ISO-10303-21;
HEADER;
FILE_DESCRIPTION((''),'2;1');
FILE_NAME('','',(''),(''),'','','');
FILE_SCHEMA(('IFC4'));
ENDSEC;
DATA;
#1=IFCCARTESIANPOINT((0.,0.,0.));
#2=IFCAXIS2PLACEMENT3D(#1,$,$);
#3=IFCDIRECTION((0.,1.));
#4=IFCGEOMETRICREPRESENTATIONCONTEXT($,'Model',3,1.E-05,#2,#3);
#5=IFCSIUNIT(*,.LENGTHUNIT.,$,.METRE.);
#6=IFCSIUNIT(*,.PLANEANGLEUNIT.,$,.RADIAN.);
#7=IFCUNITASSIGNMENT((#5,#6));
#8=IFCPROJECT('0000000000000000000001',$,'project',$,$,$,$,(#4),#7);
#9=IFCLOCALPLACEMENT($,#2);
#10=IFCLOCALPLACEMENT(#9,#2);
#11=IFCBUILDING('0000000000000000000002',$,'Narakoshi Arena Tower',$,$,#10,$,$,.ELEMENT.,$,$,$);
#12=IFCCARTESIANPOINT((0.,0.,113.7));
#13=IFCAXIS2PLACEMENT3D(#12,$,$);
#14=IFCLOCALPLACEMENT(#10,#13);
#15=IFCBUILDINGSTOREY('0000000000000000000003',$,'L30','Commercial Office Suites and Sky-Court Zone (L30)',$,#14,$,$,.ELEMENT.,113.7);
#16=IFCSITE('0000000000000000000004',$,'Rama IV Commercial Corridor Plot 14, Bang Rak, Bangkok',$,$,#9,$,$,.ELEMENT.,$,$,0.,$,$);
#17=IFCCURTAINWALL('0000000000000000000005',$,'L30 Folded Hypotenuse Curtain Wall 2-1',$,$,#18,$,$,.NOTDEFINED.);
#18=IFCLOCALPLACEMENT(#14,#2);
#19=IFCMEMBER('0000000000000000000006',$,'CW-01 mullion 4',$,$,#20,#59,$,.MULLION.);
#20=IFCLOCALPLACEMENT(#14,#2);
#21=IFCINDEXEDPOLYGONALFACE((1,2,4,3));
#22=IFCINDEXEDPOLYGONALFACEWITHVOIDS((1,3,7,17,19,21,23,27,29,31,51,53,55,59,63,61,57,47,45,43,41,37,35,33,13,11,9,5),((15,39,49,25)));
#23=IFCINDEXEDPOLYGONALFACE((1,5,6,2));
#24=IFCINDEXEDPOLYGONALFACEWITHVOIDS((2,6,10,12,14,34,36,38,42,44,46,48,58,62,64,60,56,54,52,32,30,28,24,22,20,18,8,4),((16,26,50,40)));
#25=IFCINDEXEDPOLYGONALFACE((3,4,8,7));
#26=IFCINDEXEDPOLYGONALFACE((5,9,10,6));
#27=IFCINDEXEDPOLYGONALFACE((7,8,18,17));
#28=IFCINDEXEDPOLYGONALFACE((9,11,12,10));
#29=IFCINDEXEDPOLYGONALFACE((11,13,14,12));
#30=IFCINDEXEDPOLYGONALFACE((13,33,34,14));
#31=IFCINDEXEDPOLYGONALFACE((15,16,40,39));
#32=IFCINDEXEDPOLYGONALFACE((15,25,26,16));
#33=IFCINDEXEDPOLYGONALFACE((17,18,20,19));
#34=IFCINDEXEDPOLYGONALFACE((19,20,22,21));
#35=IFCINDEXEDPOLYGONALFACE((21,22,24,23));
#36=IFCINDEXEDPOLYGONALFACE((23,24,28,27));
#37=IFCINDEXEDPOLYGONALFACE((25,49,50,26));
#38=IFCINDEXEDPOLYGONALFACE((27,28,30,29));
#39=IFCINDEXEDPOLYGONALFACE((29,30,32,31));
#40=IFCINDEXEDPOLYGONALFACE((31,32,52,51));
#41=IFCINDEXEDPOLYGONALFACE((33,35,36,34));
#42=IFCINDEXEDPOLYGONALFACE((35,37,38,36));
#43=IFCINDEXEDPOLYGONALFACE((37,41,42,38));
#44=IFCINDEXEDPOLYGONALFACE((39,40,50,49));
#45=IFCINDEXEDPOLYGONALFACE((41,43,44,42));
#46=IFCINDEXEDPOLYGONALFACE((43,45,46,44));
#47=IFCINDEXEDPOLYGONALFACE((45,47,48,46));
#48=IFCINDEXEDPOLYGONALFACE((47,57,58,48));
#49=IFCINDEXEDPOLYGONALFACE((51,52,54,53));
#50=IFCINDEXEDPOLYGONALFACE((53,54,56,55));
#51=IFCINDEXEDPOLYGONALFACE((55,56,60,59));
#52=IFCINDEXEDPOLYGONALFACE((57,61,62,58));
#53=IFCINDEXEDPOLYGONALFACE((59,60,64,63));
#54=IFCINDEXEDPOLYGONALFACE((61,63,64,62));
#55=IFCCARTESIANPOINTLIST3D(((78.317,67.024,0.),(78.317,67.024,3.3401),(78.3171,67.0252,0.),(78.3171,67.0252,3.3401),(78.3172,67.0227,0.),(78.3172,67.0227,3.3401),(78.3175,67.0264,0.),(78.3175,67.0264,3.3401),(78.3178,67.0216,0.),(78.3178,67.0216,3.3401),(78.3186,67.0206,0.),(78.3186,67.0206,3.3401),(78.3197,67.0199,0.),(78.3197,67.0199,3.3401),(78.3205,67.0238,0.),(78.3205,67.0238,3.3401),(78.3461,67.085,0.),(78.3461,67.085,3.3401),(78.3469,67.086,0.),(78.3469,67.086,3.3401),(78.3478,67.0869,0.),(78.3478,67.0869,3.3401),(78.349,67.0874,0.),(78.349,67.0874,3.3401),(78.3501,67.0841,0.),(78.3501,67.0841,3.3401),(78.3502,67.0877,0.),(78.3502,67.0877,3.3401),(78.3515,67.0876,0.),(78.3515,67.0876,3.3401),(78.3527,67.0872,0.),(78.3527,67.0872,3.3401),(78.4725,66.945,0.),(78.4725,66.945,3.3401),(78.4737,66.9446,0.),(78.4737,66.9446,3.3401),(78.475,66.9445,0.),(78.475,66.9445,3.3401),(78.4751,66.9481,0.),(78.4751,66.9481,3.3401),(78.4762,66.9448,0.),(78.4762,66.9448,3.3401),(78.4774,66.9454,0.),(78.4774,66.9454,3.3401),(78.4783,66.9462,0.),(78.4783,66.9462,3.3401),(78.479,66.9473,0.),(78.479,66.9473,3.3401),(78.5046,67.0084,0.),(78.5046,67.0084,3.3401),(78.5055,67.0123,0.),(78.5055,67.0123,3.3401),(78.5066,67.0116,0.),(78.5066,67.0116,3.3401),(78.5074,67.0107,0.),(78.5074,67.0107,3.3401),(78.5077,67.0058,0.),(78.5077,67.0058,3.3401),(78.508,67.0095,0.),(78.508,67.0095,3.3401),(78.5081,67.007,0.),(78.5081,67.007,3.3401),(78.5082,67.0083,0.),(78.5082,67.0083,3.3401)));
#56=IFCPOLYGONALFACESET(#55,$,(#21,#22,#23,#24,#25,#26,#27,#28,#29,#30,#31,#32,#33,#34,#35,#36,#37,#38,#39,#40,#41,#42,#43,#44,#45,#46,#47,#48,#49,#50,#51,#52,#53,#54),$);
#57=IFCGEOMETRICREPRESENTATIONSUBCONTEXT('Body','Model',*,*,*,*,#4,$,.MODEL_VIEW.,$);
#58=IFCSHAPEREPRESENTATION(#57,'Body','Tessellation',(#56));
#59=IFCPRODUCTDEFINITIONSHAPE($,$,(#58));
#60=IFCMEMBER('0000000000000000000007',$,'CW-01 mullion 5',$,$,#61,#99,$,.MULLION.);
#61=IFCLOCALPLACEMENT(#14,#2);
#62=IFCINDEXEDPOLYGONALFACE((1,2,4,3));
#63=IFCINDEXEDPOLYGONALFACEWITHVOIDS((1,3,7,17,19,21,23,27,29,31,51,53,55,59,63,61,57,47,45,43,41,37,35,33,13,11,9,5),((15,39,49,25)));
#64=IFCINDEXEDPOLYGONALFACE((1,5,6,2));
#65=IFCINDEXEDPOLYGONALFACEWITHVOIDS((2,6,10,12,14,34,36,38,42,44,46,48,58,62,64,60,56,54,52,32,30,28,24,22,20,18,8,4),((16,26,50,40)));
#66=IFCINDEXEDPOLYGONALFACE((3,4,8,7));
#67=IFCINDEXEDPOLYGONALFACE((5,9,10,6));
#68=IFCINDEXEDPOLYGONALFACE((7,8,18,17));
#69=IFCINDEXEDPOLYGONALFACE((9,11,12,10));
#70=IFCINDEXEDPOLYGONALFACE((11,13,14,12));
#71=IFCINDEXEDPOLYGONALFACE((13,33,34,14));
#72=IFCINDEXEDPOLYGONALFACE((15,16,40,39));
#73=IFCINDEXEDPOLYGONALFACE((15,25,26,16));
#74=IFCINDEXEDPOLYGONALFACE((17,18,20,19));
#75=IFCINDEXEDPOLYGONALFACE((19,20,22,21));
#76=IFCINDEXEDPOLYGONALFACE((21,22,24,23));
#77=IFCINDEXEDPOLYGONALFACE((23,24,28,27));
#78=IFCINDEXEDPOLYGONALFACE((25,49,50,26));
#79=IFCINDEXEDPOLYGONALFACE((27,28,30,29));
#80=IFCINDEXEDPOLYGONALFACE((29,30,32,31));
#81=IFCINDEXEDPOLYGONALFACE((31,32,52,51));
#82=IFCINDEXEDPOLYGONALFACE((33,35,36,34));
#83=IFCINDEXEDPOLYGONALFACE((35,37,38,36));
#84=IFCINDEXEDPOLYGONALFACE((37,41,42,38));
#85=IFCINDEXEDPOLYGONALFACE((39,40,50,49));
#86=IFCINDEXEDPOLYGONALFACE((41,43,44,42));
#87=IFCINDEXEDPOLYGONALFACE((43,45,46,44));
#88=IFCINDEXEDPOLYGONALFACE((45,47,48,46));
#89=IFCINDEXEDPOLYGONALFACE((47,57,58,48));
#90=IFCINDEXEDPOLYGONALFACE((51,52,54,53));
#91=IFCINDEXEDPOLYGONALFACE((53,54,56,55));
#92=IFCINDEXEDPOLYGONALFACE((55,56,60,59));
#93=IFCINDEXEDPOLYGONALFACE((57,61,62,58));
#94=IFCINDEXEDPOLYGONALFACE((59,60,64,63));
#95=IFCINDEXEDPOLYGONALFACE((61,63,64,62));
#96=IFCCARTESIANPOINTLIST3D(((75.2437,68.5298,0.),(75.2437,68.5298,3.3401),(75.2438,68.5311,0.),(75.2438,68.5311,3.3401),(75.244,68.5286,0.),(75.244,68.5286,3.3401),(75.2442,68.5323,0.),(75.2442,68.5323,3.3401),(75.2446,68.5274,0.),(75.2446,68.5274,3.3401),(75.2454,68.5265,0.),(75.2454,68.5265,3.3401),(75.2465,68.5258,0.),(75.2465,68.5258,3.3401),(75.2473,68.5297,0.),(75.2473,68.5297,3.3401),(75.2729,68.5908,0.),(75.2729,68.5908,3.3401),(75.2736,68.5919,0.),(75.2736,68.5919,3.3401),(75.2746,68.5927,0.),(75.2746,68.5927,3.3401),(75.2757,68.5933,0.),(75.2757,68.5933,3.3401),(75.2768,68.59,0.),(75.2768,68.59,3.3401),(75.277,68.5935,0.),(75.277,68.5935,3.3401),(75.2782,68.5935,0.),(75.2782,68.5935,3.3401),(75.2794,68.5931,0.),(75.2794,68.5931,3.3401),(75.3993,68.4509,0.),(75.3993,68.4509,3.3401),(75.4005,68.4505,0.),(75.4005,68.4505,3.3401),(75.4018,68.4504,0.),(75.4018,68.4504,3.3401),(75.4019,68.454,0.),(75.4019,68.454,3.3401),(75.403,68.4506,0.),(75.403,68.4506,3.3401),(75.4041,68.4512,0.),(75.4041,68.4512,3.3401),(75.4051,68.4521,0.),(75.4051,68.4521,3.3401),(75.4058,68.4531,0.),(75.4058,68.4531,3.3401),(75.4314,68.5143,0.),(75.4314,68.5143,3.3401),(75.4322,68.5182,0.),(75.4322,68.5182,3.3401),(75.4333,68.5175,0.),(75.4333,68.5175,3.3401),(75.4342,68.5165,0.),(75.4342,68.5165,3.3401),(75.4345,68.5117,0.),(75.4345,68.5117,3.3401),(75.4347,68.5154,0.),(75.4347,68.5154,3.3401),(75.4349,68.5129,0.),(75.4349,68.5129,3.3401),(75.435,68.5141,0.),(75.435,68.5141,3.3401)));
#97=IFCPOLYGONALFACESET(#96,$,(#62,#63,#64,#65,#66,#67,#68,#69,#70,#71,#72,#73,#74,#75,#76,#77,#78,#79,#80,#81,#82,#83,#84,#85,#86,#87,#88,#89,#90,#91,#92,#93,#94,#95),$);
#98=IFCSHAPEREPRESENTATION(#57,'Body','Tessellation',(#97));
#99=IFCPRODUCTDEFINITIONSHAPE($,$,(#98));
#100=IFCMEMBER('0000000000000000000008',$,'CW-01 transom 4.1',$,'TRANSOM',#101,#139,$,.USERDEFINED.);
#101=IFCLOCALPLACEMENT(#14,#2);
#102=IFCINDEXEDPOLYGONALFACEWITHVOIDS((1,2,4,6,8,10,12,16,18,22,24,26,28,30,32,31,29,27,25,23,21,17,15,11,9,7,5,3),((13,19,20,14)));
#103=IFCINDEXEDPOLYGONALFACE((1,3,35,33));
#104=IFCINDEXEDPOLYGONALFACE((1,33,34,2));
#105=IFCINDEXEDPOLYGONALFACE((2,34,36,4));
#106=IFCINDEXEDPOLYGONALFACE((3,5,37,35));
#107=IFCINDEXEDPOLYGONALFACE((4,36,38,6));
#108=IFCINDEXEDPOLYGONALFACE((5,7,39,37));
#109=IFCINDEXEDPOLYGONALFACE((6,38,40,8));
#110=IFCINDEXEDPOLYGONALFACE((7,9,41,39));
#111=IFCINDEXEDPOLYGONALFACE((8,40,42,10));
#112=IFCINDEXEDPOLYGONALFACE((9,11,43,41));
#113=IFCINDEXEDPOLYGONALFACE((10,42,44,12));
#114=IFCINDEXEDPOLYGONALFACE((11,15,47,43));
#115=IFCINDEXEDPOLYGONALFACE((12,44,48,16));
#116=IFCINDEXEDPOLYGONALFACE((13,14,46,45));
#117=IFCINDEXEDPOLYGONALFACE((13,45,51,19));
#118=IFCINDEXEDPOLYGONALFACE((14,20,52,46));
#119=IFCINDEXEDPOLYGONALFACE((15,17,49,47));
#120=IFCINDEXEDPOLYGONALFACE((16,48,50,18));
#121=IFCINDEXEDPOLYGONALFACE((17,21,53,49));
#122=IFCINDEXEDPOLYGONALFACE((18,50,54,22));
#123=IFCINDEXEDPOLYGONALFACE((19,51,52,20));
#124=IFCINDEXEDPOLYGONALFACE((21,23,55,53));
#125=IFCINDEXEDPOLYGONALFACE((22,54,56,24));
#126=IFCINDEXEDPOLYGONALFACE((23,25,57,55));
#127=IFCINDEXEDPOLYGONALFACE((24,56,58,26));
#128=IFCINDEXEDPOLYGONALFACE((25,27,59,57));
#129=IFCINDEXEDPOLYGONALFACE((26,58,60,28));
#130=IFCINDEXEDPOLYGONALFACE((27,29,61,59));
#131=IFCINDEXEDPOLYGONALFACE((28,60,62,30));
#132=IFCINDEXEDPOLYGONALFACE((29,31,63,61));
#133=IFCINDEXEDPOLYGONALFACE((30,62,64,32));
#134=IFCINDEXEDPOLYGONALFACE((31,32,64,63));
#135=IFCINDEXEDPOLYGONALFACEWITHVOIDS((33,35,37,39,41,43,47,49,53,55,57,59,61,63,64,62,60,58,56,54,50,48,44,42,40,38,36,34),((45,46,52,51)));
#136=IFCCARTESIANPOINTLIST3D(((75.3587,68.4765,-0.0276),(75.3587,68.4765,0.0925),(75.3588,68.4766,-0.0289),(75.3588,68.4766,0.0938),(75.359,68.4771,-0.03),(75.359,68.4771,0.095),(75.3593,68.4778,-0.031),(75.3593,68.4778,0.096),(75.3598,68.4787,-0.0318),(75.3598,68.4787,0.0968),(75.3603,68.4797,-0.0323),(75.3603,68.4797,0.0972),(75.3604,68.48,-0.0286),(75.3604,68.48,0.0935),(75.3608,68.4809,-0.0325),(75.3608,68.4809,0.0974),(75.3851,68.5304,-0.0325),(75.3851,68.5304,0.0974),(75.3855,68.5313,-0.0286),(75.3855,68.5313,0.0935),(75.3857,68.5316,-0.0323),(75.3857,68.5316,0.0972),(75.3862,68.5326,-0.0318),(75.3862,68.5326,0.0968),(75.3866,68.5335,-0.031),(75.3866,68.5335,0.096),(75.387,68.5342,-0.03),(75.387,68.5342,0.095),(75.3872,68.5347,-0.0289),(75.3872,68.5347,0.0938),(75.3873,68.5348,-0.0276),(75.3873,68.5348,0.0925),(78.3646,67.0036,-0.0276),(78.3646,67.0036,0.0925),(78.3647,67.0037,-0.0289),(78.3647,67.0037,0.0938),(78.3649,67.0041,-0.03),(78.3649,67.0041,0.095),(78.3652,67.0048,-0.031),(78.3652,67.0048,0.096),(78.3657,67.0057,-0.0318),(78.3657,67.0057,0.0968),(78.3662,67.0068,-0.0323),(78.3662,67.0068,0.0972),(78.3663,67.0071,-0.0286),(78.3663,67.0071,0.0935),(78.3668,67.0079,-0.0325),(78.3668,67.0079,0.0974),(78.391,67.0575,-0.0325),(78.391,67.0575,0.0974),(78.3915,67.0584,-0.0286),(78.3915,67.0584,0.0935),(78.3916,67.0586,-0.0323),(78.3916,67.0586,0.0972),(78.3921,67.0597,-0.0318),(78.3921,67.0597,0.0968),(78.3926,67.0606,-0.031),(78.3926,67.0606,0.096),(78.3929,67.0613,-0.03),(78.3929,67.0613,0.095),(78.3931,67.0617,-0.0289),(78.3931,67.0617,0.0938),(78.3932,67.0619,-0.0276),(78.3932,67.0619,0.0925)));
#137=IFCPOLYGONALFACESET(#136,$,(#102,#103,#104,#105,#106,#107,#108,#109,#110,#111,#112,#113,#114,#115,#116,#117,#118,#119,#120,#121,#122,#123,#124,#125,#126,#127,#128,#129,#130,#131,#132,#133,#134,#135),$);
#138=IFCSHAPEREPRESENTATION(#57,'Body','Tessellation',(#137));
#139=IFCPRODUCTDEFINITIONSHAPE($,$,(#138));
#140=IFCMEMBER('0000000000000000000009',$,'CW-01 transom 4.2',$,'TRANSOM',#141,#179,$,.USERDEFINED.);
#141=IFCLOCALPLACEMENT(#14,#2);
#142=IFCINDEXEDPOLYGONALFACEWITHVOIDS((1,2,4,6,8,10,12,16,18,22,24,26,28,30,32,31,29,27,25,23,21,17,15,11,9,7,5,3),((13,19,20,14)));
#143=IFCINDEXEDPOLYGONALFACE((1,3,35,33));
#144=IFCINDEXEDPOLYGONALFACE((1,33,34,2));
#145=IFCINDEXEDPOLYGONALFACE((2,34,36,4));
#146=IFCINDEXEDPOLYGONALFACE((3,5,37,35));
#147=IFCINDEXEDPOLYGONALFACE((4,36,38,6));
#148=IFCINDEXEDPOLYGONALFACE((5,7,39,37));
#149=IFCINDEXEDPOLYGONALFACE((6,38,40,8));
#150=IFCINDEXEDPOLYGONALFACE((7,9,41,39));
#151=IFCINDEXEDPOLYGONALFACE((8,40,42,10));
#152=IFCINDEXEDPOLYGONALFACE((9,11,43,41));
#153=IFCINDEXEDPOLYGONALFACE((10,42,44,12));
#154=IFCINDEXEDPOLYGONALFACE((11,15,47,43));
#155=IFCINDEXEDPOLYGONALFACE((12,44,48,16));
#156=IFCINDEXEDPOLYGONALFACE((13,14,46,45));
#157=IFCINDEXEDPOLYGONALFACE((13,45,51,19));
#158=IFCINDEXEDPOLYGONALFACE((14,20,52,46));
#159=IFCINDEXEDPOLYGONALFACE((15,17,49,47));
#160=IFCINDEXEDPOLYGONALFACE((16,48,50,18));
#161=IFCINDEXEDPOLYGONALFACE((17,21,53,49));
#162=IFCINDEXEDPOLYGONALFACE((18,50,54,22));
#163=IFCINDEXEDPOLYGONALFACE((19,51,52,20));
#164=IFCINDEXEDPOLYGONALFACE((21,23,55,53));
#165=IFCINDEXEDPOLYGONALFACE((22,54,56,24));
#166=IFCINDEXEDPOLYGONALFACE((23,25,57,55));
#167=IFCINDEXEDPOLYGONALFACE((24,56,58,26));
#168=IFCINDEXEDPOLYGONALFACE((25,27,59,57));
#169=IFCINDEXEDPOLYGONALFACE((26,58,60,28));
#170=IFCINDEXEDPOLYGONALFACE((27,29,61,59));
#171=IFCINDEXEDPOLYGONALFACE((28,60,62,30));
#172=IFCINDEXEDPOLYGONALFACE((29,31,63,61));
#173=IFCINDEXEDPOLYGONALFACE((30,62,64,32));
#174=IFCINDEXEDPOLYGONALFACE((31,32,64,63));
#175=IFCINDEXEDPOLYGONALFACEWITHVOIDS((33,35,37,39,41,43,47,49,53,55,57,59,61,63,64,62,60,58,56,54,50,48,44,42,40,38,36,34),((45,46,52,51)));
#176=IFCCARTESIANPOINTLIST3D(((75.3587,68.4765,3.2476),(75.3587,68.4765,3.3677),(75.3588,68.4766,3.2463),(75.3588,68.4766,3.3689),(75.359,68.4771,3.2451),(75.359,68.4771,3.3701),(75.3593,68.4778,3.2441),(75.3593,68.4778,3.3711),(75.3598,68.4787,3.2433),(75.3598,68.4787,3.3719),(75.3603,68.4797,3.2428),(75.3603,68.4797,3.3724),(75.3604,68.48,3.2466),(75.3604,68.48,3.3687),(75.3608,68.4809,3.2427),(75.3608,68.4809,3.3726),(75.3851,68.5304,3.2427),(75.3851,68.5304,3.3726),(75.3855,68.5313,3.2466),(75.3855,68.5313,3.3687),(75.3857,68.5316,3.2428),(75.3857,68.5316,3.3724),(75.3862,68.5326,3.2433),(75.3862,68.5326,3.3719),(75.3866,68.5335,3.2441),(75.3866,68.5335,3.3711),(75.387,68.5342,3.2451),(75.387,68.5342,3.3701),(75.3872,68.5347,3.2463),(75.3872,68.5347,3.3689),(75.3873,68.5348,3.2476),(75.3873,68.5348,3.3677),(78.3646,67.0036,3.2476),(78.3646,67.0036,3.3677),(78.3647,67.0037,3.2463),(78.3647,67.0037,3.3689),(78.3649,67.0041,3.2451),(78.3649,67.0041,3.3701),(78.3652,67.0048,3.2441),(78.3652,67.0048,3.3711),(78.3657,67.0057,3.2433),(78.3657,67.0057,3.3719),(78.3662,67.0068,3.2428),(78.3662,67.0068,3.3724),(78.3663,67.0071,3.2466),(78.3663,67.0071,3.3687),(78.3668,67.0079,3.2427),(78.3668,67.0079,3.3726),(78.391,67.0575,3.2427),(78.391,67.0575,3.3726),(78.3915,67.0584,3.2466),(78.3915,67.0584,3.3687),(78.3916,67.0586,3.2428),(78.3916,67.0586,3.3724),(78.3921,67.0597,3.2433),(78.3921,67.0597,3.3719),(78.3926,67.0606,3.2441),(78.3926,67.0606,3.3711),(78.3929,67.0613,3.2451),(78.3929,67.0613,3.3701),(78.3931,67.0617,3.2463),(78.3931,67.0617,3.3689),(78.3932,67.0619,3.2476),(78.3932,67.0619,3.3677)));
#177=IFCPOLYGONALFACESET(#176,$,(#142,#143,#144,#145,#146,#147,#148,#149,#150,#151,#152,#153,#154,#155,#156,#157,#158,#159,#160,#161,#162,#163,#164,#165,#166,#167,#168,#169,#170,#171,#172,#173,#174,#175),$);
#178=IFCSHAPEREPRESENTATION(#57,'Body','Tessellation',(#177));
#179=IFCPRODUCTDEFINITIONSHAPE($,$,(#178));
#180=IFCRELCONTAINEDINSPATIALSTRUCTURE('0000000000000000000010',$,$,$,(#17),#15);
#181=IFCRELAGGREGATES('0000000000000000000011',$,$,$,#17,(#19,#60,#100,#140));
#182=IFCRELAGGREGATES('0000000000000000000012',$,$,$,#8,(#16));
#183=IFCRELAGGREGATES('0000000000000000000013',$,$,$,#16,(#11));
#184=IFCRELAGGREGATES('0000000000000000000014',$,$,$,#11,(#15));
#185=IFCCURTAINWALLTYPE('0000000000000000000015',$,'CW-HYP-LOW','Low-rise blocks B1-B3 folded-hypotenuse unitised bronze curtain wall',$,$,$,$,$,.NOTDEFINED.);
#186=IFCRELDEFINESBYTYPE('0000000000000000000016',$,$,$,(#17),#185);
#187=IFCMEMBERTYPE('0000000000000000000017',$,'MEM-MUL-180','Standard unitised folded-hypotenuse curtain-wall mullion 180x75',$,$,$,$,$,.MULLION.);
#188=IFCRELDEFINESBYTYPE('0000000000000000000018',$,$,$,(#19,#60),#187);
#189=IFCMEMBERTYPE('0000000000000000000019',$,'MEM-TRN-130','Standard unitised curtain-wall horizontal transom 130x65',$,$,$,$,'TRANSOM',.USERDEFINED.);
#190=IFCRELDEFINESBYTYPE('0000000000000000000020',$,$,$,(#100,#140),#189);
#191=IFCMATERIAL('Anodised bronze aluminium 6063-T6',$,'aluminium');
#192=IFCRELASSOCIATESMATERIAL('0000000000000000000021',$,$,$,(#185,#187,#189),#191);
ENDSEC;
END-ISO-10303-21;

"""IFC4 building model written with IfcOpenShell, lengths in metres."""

from ifc_helpers import new_model, si_unit, direction, frame, origin, origin_2d, place, context, subcontext, project, spatial, hollow_rectangle, extrude, material, material_profile, profile_set, type_object, element, aggregate, save


model = new_model("IFC4")

# Units and contexts
model_context = context("Model", 3, precision=1e-05, world=origin(), true_north=direction((0.0, 1.0)))
body_context = subcontext(model_context, "Body", "Model", "MODEL_VIEW")
ifc_project = project(units=[si_unit("LENGTHUNIT", "METRE"), si_unit("PLANEANGLEUNIT", "RADIAN")], contexts=[model_context])

# Site, building, storey
site_placement = place(None, origin())
site = spatial("IfcSite", under=ifc_project, at=site_placement, Name="Rama IV Commercial Corridor Plot 14, Bang Rak, Bangkok", CompositionType="ELEMENT", RefElevation=0.0)
building_placement = place(site_placement, origin())
building = spatial("IfcBuilding", under=site, at=building_placement, Name="Narakoshi Arena Tower", CompositionType="ELEMENT")
storey_placement = place(building_placement, frame((0.0, 0.0, 113.7)))
storey = spatial("IfcBuildingStorey", under=building, at=storey_placement, Name="L30", Description="Commercial Office Suites and Sky-Court Zone (L30)", CompositionType="ELEMENT", Elevation=113.7)

# Curtain wall, members
ifc_material_1 = material(Name="Anodised bronze aluminium 6063-T6", Category="aluminium")
curtain_wall_type = type_object("IfcCurtainWallType", Name="CW-HYP-LOW", Description="Low-rise blocks B1-B3 folded-hypotenuse unitised bronze curtain wall", PredefinedType="NOTDEFINED", material=ifc_material_1)
curtain_wall_placement = place(storey_placement, origin())
curtain_wall = element("IfcCurtainWall", 1, at=curtain_wall_placement, inside=storey, type_object=curtain_wall_type, Name="L30 Folded Hypotenuse Curtain Wall 2-1", PredefinedType="NOTDEFINED")
ifc_material_profile_1 = material_profile(ifc_material_1, hollow_rectangle(XDim=0.075, YDim=0.1799, WallThickness=0.0039, OuterFilletRadius=0.0049, at=origin_2d()), Name="MUL180x75x4")
ifc_profile_set_1 = profile_set([ifc_material_profile_1], Name="Anodised bronze aluminium 6063-T6")
member_type_1 = type_object("IfcMemberType", Name="MEM-MUL-180", Description="Standard unitised folded-hypotenuse curtain-wall mullion 180x75", PredefinedType="MULLION", material=ifc_profile_set_1)
member_1_placement = place(storey_placement, frame((78.4126, 67.0161, 0.0), z_axis=(0.0, 0.0, 1.0), x_axis=(-0.440005, -0.897996, 0.0)))
member_1 = element("IfcMember", 2, at=member_1_placement, type_object=member_type_1, Name="CW-01 mullion 4", PredefinedType="MULLION", context=body_context, shape_type="SweptSolid", body=[
    extrude(hollow_rectangle(XDim=0.075, YDim=0.1799, WallThickness=0.0039, OuterFilletRadius=0.0049, at=origin_2d()), origin(), (0.0, 0.0, 1.0), 3.3401),
])
member_2_placement = place(storey_placement, frame((75.3394, 68.522, 0.0), z_axis=(0.0, 0.0, 1.0), x_axis=(-0.440005, -0.897996, 0.0)))
member_2 = element("IfcMember", 3, at=member_2_placement, type_object=member_type_1, Name="CW-01 mullion 5", PredefinedType="MULLION", context=body_context, shape_type="SweptSolid", body=[
    extrude(hollow_rectangle(XDim=0.075, YDim=0.1799, WallThickness=0.0039, OuterFilletRadius=0.0049, at=origin_2d()), origin(), (0.0, 0.0, 1.0), 3.3401),
])
ifc_material_profile_2 = material_profile(ifc_material_1, hollow_rectangle(XDim=0.0649, YDim=0.1299, WallThickness=0.0039, OuterFilletRadius=0.0049, at=origin_2d()), Name="TRN130x65x4")
ifc_profile_set_2 = profile_set([ifc_material_profile_2], Name="Anodised bronze aluminium 6063-T6")
member_type_2 = type_object("IfcMemberType", Name="MEM-TRN-130", Description="Standard unitised curtain-wall horizontal transom 130x65", ElementType="TRANSOM", PredefinedType="USERDEFINED", material=ifc_profile_set_2)
member_3_placement = place(storey_placement, frame((78.3789, 67.0327, 0.0325), z_axis=(-0.897987, 0.440022, 0.0), x_axis=(-0.440022, -0.897987, 0.0)))
member_3 = element("IfcMember", 4, at=member_3_placement, type_object=member_type_2, Name="CW-01 transom 4.1", ObjectType="TRANSOM", PredefinedType="USERDEFINED", context=body_context, shape_type="SweptSolid", body=[
    extrude(hollow_rectangle(XDim=0.0649, YDim=0.1299, WallThickness=0.0039, OuterFilletRadius=0.0049, at=origin_2d()), origin(), (0.0, 0.0, 1.0), 3.3474),
])
member_4_placement = place(storey_placement, frame((78.3789, 67.0327, 3.3076), z_axis=(-0.897987, 0.440022, 0.0), x_axis=(-0.440022, -0.897987, 0.0)))
member_4 = element("IfcMember", 5, at=member_4_placement, type_object=member_type_2, Name="CW-01 transom 4.2", ObjectType="TRANSOM", PredefinedType="USERDEFINED", context=body_context, shape_type="SweptSolid", body=[
    extrude(hollow_rectangle(XDim=0.0649, YDim=0.1299, WallThickness=0.0039, OuterFilletRadius=0.0049, at=origin_2d()), origin(), (0.0, 0.0, 1.0), 3.3474),
])
aggregate(curtain_wall, [member_1, member_2, member_3, member_4])

save(model, "model.ifc")
